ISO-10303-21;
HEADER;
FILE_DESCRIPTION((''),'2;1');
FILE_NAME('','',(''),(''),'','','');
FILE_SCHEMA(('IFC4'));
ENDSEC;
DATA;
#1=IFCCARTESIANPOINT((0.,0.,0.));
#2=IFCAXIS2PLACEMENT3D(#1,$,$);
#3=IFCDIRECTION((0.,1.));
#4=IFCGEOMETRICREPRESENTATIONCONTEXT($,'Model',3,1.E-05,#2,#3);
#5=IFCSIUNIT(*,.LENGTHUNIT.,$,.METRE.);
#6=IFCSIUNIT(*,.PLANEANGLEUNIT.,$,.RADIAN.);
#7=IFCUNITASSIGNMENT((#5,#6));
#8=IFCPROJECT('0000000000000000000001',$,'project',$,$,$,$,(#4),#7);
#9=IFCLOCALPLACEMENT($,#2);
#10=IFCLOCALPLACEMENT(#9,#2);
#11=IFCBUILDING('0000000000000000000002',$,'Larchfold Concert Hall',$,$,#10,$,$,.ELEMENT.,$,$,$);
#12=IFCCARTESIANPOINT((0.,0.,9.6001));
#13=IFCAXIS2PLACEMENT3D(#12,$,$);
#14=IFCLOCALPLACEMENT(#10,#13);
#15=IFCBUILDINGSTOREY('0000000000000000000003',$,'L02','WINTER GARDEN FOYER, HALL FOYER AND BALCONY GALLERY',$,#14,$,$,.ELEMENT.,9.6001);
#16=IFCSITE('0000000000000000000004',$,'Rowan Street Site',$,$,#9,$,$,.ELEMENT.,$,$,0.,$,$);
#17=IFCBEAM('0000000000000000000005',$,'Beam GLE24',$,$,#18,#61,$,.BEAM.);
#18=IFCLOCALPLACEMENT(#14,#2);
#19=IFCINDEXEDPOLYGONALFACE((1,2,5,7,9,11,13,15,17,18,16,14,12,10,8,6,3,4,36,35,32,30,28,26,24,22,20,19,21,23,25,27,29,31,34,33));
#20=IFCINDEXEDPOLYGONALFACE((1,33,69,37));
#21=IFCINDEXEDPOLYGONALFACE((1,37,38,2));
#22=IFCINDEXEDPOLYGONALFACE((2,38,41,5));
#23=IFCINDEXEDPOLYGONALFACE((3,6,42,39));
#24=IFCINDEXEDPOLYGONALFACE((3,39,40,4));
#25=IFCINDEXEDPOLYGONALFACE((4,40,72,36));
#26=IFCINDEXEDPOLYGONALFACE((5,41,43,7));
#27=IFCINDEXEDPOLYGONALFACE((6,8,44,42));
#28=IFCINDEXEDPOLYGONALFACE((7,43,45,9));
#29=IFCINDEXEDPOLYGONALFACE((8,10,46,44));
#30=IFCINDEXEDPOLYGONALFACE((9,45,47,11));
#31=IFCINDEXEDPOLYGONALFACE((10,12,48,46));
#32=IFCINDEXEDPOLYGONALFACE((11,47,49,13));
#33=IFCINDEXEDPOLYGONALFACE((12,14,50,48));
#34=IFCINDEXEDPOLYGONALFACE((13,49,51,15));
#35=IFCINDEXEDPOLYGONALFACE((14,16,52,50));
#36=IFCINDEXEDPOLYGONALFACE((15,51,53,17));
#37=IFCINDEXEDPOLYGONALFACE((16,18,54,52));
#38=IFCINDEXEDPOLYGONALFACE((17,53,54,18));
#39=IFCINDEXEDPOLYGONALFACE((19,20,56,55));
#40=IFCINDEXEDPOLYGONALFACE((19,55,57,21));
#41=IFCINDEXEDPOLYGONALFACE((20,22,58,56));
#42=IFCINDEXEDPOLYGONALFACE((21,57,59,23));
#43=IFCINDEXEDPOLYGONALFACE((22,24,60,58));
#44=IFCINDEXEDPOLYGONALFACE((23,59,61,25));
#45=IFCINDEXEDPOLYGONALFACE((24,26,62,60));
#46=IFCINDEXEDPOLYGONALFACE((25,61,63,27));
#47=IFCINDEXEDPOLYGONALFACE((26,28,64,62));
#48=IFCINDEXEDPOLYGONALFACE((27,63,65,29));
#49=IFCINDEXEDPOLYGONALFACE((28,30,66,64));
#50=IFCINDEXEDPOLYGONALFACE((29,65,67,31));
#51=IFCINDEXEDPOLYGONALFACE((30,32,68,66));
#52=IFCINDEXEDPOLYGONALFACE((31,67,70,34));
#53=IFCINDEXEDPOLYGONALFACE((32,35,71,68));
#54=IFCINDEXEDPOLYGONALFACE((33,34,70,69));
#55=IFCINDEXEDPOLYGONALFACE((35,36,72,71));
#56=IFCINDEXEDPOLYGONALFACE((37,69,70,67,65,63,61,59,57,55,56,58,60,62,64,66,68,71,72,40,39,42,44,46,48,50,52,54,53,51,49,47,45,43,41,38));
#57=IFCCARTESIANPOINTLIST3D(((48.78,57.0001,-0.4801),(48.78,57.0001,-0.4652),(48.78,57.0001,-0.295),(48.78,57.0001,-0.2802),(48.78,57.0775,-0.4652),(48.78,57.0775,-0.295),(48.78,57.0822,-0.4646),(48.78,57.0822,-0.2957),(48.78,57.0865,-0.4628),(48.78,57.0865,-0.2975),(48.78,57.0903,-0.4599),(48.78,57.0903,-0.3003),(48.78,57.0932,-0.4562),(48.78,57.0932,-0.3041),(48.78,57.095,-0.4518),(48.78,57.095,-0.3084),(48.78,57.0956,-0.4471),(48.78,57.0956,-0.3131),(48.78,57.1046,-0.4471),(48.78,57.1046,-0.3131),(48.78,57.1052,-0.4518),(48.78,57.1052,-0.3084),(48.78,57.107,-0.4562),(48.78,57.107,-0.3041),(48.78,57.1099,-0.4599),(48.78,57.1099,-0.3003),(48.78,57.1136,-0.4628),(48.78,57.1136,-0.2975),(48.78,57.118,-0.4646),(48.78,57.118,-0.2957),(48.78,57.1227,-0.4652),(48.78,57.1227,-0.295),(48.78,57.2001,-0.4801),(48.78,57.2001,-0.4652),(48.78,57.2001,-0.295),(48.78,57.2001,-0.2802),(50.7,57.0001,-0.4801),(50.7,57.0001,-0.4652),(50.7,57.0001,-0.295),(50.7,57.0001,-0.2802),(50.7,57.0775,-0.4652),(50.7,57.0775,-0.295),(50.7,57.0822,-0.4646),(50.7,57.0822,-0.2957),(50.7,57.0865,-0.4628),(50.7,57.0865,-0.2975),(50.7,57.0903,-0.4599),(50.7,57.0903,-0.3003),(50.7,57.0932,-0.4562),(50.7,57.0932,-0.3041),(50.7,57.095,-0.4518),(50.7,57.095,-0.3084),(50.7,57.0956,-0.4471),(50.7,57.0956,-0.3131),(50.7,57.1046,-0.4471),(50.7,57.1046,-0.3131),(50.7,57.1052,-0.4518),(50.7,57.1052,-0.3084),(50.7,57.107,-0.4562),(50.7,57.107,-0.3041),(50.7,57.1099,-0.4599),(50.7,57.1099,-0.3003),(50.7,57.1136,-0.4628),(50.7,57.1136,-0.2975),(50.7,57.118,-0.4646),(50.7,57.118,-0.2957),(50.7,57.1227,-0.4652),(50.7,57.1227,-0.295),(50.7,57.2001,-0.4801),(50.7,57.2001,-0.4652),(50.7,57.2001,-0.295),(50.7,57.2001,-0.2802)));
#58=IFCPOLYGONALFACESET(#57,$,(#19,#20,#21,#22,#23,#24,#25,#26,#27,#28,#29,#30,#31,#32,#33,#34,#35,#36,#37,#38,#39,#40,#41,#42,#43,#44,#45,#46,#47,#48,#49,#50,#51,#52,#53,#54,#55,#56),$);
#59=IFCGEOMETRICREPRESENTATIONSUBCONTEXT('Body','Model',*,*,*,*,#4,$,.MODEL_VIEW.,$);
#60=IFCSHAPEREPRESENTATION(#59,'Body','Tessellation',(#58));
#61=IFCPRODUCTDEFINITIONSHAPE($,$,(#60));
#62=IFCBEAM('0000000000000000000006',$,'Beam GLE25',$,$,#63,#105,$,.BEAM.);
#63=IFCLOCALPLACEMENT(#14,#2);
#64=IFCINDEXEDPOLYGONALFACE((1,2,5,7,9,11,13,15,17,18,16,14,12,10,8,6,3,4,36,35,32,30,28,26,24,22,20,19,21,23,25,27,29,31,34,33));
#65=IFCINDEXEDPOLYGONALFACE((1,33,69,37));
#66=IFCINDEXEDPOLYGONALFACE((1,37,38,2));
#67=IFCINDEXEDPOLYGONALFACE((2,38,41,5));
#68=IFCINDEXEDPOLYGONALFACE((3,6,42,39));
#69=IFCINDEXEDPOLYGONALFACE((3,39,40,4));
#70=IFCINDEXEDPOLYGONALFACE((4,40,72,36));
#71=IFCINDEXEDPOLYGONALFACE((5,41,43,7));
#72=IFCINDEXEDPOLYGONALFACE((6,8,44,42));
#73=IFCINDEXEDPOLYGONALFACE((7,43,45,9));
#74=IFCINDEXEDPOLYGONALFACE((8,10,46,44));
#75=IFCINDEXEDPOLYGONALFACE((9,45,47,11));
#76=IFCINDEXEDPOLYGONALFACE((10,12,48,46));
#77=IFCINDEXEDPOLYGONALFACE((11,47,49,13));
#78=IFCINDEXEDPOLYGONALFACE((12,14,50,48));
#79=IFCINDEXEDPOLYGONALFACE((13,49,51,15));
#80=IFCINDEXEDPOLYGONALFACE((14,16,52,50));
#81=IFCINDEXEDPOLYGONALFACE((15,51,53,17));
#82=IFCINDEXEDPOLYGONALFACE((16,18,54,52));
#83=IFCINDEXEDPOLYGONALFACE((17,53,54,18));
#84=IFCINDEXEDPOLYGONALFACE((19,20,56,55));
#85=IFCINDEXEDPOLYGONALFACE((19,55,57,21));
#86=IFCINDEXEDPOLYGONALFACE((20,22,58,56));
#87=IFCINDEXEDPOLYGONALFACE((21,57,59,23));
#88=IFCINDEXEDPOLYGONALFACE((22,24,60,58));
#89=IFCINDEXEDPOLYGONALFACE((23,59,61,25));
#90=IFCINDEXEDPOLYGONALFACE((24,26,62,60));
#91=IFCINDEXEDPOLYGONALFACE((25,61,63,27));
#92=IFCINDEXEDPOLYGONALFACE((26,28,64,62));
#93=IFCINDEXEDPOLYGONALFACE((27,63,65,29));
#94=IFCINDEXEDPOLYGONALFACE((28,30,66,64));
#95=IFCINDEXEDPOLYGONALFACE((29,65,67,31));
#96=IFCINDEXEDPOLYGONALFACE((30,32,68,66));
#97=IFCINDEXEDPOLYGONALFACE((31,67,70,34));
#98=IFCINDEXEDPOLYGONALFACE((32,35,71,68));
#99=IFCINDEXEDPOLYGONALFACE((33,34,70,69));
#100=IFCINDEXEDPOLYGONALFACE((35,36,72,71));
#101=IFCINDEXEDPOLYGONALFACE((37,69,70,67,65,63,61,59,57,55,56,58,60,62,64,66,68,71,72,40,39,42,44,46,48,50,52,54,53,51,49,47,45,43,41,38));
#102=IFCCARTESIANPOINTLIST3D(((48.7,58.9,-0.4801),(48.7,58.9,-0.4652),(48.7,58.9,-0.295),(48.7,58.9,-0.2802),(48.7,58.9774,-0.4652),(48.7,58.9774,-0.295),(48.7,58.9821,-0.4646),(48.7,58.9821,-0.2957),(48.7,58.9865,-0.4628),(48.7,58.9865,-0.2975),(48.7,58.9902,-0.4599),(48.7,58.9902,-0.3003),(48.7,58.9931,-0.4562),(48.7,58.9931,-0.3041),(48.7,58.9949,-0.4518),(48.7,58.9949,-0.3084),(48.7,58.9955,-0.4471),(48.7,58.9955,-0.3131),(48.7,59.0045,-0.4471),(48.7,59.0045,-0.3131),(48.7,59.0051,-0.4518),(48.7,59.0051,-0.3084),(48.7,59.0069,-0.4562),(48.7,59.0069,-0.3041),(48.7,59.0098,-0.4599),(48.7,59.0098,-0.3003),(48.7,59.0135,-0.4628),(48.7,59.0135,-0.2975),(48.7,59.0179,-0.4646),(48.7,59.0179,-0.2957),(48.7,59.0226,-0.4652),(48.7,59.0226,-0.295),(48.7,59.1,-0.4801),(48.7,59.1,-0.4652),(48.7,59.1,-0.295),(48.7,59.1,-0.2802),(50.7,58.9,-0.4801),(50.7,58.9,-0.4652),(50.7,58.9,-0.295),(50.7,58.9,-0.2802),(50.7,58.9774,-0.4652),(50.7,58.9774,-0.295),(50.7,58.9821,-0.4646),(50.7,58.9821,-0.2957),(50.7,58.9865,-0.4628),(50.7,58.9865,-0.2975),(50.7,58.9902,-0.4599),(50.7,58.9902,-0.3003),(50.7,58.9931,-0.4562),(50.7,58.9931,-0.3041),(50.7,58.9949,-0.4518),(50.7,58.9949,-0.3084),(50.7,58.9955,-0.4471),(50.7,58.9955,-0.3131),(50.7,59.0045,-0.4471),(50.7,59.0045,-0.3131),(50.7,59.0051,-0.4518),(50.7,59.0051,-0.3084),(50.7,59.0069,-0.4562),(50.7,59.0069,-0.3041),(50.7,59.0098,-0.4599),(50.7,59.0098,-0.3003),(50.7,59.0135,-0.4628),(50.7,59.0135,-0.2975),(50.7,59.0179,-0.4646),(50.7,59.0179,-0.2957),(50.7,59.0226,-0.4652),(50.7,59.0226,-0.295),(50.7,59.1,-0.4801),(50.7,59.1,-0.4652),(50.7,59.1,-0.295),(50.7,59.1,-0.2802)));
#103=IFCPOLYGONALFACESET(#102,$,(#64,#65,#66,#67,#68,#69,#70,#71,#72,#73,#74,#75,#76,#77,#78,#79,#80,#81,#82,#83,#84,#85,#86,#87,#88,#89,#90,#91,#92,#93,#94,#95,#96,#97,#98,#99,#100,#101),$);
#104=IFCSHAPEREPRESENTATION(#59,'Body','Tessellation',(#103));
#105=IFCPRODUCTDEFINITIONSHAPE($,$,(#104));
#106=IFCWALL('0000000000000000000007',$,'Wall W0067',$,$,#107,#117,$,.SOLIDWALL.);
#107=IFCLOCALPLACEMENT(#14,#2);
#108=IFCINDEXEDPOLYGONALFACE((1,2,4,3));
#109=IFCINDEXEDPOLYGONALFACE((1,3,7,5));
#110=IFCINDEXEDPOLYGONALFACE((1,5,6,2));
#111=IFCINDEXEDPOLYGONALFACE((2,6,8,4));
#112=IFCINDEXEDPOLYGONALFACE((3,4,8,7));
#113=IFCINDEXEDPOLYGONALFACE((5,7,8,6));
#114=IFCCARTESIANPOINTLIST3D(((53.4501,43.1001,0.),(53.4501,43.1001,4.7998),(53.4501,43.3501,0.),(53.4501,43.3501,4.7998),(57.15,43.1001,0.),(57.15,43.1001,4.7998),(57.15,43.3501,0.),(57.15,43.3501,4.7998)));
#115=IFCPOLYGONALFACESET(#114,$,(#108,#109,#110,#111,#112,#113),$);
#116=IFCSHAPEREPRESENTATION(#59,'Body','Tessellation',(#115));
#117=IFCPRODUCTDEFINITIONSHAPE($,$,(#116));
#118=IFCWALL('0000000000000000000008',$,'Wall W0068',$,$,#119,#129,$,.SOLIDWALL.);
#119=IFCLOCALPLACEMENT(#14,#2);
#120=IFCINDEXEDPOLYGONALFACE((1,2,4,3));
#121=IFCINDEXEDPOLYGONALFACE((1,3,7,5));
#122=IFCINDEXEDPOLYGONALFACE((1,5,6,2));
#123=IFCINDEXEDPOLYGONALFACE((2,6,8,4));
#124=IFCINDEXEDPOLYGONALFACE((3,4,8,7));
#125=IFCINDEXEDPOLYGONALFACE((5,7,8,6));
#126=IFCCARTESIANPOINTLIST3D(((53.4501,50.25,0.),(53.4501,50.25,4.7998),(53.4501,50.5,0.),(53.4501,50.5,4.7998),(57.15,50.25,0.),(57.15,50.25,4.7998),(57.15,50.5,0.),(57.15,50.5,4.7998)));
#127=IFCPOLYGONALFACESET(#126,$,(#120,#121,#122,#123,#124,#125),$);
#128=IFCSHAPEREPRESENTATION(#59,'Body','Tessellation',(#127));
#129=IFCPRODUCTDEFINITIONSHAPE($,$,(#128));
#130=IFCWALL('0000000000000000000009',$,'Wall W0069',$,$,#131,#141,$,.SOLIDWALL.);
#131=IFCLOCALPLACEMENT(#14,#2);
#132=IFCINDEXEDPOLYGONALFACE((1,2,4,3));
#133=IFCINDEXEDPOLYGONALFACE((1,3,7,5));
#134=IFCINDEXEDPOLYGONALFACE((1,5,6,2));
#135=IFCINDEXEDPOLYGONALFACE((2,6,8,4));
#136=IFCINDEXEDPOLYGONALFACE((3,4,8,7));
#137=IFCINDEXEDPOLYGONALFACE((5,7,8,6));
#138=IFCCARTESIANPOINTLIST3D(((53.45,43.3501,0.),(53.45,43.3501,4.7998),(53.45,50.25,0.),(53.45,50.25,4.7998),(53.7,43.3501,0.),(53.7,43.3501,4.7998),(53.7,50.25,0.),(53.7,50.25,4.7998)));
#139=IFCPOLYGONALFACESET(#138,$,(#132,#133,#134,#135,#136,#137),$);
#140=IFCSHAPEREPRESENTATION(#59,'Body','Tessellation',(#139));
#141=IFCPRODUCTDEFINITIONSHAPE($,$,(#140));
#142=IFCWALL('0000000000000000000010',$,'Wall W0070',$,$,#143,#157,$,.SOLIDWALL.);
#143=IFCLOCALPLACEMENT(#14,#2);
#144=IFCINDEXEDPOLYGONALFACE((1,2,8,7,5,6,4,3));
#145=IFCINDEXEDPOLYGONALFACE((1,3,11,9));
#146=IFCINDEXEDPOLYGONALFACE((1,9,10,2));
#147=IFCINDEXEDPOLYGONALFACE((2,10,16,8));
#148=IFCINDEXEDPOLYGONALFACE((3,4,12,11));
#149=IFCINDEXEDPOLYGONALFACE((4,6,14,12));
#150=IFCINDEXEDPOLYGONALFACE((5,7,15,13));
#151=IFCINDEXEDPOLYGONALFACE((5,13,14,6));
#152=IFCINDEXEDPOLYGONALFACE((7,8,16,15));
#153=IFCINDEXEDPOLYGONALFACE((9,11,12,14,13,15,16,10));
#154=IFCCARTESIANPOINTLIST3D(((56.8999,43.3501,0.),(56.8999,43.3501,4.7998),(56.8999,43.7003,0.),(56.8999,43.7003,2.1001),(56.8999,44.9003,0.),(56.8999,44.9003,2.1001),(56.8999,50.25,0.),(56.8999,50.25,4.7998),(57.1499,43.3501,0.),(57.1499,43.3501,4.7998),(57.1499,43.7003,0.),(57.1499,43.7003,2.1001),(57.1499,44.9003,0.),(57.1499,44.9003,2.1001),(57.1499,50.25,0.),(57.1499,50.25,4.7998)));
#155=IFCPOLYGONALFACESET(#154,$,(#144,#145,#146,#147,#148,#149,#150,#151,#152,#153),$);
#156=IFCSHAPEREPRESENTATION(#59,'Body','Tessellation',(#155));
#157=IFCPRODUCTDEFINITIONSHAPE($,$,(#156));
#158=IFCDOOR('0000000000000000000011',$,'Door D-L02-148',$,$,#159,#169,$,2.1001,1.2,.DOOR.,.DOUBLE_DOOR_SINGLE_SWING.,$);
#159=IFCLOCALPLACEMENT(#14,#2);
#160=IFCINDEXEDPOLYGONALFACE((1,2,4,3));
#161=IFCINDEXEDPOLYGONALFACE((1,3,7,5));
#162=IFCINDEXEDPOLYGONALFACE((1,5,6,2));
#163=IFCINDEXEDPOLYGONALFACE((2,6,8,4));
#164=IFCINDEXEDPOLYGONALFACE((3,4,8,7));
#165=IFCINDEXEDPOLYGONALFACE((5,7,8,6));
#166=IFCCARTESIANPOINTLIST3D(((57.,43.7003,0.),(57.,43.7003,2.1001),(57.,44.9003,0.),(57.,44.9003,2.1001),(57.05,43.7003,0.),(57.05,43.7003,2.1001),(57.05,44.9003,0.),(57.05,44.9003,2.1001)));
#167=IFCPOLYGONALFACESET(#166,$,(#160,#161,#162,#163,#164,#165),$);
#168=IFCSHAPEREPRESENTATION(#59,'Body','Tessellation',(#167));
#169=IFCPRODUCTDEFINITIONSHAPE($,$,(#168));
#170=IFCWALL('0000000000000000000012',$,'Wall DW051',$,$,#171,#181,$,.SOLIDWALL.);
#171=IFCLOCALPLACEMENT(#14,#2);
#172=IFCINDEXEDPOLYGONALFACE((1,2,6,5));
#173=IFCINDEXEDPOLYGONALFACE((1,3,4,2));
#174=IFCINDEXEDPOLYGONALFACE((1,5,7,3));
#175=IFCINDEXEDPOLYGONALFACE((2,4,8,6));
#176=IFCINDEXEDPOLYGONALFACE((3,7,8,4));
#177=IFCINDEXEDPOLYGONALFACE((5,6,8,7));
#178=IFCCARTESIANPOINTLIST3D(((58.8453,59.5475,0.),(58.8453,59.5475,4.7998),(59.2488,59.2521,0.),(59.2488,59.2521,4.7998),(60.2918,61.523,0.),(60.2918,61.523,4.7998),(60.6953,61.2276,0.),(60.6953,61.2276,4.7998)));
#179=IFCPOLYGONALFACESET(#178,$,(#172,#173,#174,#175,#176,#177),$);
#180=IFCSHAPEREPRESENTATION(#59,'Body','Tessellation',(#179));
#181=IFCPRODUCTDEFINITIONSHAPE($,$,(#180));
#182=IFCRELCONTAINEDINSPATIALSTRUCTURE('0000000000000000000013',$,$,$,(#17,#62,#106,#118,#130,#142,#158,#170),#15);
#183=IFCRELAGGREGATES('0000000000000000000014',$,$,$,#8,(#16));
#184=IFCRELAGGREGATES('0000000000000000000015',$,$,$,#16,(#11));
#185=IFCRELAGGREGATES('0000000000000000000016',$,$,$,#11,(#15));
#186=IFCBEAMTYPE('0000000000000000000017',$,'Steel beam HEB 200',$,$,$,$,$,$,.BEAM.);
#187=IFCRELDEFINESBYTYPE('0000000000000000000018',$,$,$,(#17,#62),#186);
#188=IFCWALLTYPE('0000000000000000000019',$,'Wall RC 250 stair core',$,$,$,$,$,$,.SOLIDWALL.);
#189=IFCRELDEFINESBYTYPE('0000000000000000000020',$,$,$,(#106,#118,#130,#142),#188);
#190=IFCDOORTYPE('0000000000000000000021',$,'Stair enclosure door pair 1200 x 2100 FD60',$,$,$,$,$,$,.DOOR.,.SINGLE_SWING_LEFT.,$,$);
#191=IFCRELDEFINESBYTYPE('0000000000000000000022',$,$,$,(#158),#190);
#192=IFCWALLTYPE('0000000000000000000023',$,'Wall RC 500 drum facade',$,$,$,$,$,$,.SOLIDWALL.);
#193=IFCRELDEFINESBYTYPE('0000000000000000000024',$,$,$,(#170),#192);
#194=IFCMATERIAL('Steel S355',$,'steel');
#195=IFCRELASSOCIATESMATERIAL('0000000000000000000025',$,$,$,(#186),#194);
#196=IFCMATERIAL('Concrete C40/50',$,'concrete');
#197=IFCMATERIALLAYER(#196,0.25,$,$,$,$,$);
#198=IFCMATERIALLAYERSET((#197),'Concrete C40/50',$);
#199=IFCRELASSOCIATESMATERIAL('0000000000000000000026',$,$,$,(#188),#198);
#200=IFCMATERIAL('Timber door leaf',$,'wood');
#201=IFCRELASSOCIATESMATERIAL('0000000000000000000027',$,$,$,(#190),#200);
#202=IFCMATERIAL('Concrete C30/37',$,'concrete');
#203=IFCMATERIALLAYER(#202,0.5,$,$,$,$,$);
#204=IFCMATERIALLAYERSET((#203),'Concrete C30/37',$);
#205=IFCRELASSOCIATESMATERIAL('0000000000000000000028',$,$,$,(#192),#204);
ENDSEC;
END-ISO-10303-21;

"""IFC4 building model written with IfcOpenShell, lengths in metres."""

from ifc_helpers import new_model, si_unit, direction, frame, frame_2d, origin, origin_2d, place, context, subcontext, project, spatial, rectangle, i_section, extrude, material, layer, layer_set, material_profile, profile_set, type_object, element, fill, save


model = new_model("IFC4")

# Units and contexts
model_context = context("Model", 3, precision=1e-05, world=origin(), true_north=direction((0.0, 1.0)))
body_context = subcontext(model_context, "Body", "Model", "MODEL_VIEW")
ifc_project = project(units=[si_unit("LENGTHUNIT", "METRE"), si_unit("PLANEANGLEUNIT", "RADIAN")], contexts=[model_context])

# Site, building, storey
site_placement = place(None, origin())
site = spatial("IfcSite", under=ifc_project, at=site_placement, Name="Rowan Street Site", CompositionType="ELEMENT", RefElevation=0.0)
building_placement = place(site_placement, origin())
building = spatial("IfcBuilding", under=site, at=building_placement, Name="Larchfold Concert Hall", CompositionType="ELEMENT")
storey_placement = place(building_placement, frame((0.0, 0.0, 9.6001)))
storey = spatial("IfcBuildingStorey", under=building, at=storey_placement, Name="L02", Description="WINTER GARDEN FOYER, HALL FOYER AND BALCONY GALLERY", CompositionType="ELEMENT", Elevation=9.6001)

# Beams
ifc_material_1 = material(Name="Steel S355", Category="steel")
ifc_material_profile_1 = material_profile(ifc_material_1, i_section(OverallWidth=0.2, OverallDepth=0.2, WebThickness=0.009, FlangeThickness=0.0149, FilletRadius=0.0181, at=origin_2d()))
ifc_profile_set_1 = profile_set([ifc_material_profile_1], Name="Steel S355")
beam_type = type_object("IfcBeamType", Name="Steel beam HEB 200", PredefinedType="BEAM", material=ifc_profile_set_1)
for number, where, z_axis, x_axis, name in (
    (1, (50.7, 57.1001, -0.3801), (-1.0, 0.0, 0.0), (0.0, -1.0, 0.0), "Beam GLE24"),
):
    element("IfcBeam", number, at=place(storey_placement, frame(where, z_axis=z_axis, x_axis=x_axis)), inside=storey, type_object=beam_type, Name=name, PredefinedType="BEAM", context=body_context, shape_type="SweptSolid", body=[
        extrude(i_section(OverallWidth=0.2, OverallDepth=0.2, WebThickness=0.009, FlangeThickness=0.0149, FilletRadius=0.0181, at=origin_2d()), origin(), (0.0, 0.0, 1.0), 1.9199),
    ])
beam_1_placement = place(storey_placement, frame((50.7, 59.0, -0.3801), z_axis=(-1.0, 0.0, 0.0), x_axis=(0.0, -1.0, 0.0)))
element("IfcBeam", 2, at=beam_1_placement, inside=storey, type_object=beam_type, Name="Beam GLE25", PredefinedType="BEAM", context=body_context, shape_type="SweptSolid", body=[
    extrude(i_section(OverallWidth=0.2, OverallDepth=0.2, WebThickness=0.009, FlangeThickness=0.0149, FilletRadius=0.0181, at=origin_2d()), origin(), (0.0, 0.0, 1.0), 2.0),
])

# Walls
ifc_material_2 = material(Name="Concrete C40/50", Category="concrete")
ifc_layer_1 = layer(ifc_material_2, 0.25)
ifc_layer_set_1 = layer_set([ifc_layer_1], Name="Concrete C40/50")
wall_type_1 = type_object("IfcWallType", Name="Wall RC 250 stair core", PredefinedType="SOLIDWALL", material=ifc_layer_set_1)
for number, where, z_axis, x_axis, name in (
    (3, (53.45, 43.2251, 0.0), (0.0, 0.0, 1.0), (1.0, 0.0, 0.0), "Wall W0067"),
    (4, (53.45, 50.375, 0.0), (0.0, 0.0, 1.0), (1.0, 0.0, 0.0), "Wall W0068"),
):
    element("IfcWall", number, at=place(storey_placement, frame(where, z_axis=z_axis, x_axis=x_axis)), inside=storey, type_object=wall_type_1, Name=name, PredefinedType="SOLIDWALL", context=body_context, shape_type="SweptSolid", body=[
        extrude(rectangle(XDim=3.7, YDim=0.25, at=frame_2d((1.8501, 0.0))), origin(), (0.0, 0.0, 1.0), 4.7998),
    ])
wall_1_placement = place(storey_placement, frame((53.575, 43.3501, 0.0), z_axis=(0.0, 0.0, 1.0), x_axis=(0.0, 1.0, 0.0)))
element("IfcWall", 5, at=wall_1_placement, inside=storey, type_object=wall_type_1, Name="Wall W0069", PredefinedType="SOLIDWALL", context=body_context, shape_type="SweptSolid", body=[
    extrude(rectangle(XDim=6.8999, YDim=0.25, at=frame_2d((3.45, 0.0))), origin(), (0.0, 0.0, 1.0), 4.7998),
])

# Wall, opening, door
wall_2_placement = place(storey_placement, frame((57.0249, 43.3501, 0.0), z_axis=(0.0, 0.0, 1.0), x_axis=(0.0, 1.0, 0.0)))
wall_2 = element("IfcWall", 6, at=wall_2_placement, inside=storey, type_object=wall_type_1, Name="Wall W0070", PredefinedType="SOLIDWALL", context=body_context, shape_type="SweptSolid", body=[
    extrude(rectangle(XDim=6.8999, YDim=0.25, at=frame_2d((3.45, 0.0))), origin(), (0.0, 0.0, 1.0), 4.7998),
])
opening_1_placement = place(wall_2_placement, frame((0.3501, 0.0, 0.0)))
opening_1 = element("IfcOpeningElement", 7, at=opening_1_placement, cuts=wall_2, PredefinedType="OPENING", context=body_context, shape_type="SweptSolid", body=[
    extrude(rectangle(XDim=1.2, YDim=2.1001, at=frame_2d((0.6001, 1.05))), frame((0.0, 0.135, 0.0), z_axis=(0.0, -1.0, 0.0), x_axis=(1.0, 0.0, 0.0)), (0.0, 0.0, 1.0), 0.27),
])
ifc_material_3 = material(Name="Timber door leaf", Category="wood")
door_type = type_object("IfcDoorType", Name="Stair enclosure door pair 1200 x 2100 FD60", OperationType="SINGLE_SWING_LEFT", PredefinedType="DOOR", material=ifc_material_3)
door_placement = place(opening_1_placement, origin())
door = element("IfcDoor", 8, at=door_placement, inside=storey, type_object=door_type, Name="Door D-L02-148", OperationType="DOUBLE_DOOR_SINGLE_SWING", OverallHeight=2.1001, OverallWidth=1.2, PredefinedType="DOOR", context=body_context, shape_type="SweptSolid", body=[
    extrude(rectangle(XDim=1.2, YDim=2.1001, at=frame_2d((0.6001, 1.05))), frame((0.0, 0.0249, 0.0), z_axis=(0.0, -1.0, 0.0), x_axis=(1.0, 0.0, 0.0)), (0.0, 0.0, 1.0), 0.05),
])
fill(opening_1, door)

# Wall
ifc_material_4 = material(Name="Concrete C30/37", Category="concrete")
ifc_layer_2 = layer(ifc_material_4, 0.5)
ifc_layer_set_2 = layer_set([ifc_layer_2], Name="Concrete C30/37")
wall_type_2 = type_object("IfcWallType", Name="Wall RC 500 drum facade", PredefinedType="SOLIDWALL", material=ifc_layer_set_2)
wall_3_placement = place(storey_placement, frame((59.0471, 59.3999, 0.0), z_axis=(0.0, 0.0, 1.0), x_axis=(0.590771, 0.806839, 0.0)))
element("IfcWall", 9, at=wall_3_placement, inside=storey, type_object=wall_type_2, Name="Wall DW051", PredefinedType="SOLIDWALL", context=body_context, shape_type="SweptSolid", body=[
    extrude(rectangle(XDim=2.4485, YDim=0.5, at=frame_2d((1.2241, 0.0))), origin(), (0.0, 0.0, 1.0), 4.7998),
])

save(model, "model.ifc")
